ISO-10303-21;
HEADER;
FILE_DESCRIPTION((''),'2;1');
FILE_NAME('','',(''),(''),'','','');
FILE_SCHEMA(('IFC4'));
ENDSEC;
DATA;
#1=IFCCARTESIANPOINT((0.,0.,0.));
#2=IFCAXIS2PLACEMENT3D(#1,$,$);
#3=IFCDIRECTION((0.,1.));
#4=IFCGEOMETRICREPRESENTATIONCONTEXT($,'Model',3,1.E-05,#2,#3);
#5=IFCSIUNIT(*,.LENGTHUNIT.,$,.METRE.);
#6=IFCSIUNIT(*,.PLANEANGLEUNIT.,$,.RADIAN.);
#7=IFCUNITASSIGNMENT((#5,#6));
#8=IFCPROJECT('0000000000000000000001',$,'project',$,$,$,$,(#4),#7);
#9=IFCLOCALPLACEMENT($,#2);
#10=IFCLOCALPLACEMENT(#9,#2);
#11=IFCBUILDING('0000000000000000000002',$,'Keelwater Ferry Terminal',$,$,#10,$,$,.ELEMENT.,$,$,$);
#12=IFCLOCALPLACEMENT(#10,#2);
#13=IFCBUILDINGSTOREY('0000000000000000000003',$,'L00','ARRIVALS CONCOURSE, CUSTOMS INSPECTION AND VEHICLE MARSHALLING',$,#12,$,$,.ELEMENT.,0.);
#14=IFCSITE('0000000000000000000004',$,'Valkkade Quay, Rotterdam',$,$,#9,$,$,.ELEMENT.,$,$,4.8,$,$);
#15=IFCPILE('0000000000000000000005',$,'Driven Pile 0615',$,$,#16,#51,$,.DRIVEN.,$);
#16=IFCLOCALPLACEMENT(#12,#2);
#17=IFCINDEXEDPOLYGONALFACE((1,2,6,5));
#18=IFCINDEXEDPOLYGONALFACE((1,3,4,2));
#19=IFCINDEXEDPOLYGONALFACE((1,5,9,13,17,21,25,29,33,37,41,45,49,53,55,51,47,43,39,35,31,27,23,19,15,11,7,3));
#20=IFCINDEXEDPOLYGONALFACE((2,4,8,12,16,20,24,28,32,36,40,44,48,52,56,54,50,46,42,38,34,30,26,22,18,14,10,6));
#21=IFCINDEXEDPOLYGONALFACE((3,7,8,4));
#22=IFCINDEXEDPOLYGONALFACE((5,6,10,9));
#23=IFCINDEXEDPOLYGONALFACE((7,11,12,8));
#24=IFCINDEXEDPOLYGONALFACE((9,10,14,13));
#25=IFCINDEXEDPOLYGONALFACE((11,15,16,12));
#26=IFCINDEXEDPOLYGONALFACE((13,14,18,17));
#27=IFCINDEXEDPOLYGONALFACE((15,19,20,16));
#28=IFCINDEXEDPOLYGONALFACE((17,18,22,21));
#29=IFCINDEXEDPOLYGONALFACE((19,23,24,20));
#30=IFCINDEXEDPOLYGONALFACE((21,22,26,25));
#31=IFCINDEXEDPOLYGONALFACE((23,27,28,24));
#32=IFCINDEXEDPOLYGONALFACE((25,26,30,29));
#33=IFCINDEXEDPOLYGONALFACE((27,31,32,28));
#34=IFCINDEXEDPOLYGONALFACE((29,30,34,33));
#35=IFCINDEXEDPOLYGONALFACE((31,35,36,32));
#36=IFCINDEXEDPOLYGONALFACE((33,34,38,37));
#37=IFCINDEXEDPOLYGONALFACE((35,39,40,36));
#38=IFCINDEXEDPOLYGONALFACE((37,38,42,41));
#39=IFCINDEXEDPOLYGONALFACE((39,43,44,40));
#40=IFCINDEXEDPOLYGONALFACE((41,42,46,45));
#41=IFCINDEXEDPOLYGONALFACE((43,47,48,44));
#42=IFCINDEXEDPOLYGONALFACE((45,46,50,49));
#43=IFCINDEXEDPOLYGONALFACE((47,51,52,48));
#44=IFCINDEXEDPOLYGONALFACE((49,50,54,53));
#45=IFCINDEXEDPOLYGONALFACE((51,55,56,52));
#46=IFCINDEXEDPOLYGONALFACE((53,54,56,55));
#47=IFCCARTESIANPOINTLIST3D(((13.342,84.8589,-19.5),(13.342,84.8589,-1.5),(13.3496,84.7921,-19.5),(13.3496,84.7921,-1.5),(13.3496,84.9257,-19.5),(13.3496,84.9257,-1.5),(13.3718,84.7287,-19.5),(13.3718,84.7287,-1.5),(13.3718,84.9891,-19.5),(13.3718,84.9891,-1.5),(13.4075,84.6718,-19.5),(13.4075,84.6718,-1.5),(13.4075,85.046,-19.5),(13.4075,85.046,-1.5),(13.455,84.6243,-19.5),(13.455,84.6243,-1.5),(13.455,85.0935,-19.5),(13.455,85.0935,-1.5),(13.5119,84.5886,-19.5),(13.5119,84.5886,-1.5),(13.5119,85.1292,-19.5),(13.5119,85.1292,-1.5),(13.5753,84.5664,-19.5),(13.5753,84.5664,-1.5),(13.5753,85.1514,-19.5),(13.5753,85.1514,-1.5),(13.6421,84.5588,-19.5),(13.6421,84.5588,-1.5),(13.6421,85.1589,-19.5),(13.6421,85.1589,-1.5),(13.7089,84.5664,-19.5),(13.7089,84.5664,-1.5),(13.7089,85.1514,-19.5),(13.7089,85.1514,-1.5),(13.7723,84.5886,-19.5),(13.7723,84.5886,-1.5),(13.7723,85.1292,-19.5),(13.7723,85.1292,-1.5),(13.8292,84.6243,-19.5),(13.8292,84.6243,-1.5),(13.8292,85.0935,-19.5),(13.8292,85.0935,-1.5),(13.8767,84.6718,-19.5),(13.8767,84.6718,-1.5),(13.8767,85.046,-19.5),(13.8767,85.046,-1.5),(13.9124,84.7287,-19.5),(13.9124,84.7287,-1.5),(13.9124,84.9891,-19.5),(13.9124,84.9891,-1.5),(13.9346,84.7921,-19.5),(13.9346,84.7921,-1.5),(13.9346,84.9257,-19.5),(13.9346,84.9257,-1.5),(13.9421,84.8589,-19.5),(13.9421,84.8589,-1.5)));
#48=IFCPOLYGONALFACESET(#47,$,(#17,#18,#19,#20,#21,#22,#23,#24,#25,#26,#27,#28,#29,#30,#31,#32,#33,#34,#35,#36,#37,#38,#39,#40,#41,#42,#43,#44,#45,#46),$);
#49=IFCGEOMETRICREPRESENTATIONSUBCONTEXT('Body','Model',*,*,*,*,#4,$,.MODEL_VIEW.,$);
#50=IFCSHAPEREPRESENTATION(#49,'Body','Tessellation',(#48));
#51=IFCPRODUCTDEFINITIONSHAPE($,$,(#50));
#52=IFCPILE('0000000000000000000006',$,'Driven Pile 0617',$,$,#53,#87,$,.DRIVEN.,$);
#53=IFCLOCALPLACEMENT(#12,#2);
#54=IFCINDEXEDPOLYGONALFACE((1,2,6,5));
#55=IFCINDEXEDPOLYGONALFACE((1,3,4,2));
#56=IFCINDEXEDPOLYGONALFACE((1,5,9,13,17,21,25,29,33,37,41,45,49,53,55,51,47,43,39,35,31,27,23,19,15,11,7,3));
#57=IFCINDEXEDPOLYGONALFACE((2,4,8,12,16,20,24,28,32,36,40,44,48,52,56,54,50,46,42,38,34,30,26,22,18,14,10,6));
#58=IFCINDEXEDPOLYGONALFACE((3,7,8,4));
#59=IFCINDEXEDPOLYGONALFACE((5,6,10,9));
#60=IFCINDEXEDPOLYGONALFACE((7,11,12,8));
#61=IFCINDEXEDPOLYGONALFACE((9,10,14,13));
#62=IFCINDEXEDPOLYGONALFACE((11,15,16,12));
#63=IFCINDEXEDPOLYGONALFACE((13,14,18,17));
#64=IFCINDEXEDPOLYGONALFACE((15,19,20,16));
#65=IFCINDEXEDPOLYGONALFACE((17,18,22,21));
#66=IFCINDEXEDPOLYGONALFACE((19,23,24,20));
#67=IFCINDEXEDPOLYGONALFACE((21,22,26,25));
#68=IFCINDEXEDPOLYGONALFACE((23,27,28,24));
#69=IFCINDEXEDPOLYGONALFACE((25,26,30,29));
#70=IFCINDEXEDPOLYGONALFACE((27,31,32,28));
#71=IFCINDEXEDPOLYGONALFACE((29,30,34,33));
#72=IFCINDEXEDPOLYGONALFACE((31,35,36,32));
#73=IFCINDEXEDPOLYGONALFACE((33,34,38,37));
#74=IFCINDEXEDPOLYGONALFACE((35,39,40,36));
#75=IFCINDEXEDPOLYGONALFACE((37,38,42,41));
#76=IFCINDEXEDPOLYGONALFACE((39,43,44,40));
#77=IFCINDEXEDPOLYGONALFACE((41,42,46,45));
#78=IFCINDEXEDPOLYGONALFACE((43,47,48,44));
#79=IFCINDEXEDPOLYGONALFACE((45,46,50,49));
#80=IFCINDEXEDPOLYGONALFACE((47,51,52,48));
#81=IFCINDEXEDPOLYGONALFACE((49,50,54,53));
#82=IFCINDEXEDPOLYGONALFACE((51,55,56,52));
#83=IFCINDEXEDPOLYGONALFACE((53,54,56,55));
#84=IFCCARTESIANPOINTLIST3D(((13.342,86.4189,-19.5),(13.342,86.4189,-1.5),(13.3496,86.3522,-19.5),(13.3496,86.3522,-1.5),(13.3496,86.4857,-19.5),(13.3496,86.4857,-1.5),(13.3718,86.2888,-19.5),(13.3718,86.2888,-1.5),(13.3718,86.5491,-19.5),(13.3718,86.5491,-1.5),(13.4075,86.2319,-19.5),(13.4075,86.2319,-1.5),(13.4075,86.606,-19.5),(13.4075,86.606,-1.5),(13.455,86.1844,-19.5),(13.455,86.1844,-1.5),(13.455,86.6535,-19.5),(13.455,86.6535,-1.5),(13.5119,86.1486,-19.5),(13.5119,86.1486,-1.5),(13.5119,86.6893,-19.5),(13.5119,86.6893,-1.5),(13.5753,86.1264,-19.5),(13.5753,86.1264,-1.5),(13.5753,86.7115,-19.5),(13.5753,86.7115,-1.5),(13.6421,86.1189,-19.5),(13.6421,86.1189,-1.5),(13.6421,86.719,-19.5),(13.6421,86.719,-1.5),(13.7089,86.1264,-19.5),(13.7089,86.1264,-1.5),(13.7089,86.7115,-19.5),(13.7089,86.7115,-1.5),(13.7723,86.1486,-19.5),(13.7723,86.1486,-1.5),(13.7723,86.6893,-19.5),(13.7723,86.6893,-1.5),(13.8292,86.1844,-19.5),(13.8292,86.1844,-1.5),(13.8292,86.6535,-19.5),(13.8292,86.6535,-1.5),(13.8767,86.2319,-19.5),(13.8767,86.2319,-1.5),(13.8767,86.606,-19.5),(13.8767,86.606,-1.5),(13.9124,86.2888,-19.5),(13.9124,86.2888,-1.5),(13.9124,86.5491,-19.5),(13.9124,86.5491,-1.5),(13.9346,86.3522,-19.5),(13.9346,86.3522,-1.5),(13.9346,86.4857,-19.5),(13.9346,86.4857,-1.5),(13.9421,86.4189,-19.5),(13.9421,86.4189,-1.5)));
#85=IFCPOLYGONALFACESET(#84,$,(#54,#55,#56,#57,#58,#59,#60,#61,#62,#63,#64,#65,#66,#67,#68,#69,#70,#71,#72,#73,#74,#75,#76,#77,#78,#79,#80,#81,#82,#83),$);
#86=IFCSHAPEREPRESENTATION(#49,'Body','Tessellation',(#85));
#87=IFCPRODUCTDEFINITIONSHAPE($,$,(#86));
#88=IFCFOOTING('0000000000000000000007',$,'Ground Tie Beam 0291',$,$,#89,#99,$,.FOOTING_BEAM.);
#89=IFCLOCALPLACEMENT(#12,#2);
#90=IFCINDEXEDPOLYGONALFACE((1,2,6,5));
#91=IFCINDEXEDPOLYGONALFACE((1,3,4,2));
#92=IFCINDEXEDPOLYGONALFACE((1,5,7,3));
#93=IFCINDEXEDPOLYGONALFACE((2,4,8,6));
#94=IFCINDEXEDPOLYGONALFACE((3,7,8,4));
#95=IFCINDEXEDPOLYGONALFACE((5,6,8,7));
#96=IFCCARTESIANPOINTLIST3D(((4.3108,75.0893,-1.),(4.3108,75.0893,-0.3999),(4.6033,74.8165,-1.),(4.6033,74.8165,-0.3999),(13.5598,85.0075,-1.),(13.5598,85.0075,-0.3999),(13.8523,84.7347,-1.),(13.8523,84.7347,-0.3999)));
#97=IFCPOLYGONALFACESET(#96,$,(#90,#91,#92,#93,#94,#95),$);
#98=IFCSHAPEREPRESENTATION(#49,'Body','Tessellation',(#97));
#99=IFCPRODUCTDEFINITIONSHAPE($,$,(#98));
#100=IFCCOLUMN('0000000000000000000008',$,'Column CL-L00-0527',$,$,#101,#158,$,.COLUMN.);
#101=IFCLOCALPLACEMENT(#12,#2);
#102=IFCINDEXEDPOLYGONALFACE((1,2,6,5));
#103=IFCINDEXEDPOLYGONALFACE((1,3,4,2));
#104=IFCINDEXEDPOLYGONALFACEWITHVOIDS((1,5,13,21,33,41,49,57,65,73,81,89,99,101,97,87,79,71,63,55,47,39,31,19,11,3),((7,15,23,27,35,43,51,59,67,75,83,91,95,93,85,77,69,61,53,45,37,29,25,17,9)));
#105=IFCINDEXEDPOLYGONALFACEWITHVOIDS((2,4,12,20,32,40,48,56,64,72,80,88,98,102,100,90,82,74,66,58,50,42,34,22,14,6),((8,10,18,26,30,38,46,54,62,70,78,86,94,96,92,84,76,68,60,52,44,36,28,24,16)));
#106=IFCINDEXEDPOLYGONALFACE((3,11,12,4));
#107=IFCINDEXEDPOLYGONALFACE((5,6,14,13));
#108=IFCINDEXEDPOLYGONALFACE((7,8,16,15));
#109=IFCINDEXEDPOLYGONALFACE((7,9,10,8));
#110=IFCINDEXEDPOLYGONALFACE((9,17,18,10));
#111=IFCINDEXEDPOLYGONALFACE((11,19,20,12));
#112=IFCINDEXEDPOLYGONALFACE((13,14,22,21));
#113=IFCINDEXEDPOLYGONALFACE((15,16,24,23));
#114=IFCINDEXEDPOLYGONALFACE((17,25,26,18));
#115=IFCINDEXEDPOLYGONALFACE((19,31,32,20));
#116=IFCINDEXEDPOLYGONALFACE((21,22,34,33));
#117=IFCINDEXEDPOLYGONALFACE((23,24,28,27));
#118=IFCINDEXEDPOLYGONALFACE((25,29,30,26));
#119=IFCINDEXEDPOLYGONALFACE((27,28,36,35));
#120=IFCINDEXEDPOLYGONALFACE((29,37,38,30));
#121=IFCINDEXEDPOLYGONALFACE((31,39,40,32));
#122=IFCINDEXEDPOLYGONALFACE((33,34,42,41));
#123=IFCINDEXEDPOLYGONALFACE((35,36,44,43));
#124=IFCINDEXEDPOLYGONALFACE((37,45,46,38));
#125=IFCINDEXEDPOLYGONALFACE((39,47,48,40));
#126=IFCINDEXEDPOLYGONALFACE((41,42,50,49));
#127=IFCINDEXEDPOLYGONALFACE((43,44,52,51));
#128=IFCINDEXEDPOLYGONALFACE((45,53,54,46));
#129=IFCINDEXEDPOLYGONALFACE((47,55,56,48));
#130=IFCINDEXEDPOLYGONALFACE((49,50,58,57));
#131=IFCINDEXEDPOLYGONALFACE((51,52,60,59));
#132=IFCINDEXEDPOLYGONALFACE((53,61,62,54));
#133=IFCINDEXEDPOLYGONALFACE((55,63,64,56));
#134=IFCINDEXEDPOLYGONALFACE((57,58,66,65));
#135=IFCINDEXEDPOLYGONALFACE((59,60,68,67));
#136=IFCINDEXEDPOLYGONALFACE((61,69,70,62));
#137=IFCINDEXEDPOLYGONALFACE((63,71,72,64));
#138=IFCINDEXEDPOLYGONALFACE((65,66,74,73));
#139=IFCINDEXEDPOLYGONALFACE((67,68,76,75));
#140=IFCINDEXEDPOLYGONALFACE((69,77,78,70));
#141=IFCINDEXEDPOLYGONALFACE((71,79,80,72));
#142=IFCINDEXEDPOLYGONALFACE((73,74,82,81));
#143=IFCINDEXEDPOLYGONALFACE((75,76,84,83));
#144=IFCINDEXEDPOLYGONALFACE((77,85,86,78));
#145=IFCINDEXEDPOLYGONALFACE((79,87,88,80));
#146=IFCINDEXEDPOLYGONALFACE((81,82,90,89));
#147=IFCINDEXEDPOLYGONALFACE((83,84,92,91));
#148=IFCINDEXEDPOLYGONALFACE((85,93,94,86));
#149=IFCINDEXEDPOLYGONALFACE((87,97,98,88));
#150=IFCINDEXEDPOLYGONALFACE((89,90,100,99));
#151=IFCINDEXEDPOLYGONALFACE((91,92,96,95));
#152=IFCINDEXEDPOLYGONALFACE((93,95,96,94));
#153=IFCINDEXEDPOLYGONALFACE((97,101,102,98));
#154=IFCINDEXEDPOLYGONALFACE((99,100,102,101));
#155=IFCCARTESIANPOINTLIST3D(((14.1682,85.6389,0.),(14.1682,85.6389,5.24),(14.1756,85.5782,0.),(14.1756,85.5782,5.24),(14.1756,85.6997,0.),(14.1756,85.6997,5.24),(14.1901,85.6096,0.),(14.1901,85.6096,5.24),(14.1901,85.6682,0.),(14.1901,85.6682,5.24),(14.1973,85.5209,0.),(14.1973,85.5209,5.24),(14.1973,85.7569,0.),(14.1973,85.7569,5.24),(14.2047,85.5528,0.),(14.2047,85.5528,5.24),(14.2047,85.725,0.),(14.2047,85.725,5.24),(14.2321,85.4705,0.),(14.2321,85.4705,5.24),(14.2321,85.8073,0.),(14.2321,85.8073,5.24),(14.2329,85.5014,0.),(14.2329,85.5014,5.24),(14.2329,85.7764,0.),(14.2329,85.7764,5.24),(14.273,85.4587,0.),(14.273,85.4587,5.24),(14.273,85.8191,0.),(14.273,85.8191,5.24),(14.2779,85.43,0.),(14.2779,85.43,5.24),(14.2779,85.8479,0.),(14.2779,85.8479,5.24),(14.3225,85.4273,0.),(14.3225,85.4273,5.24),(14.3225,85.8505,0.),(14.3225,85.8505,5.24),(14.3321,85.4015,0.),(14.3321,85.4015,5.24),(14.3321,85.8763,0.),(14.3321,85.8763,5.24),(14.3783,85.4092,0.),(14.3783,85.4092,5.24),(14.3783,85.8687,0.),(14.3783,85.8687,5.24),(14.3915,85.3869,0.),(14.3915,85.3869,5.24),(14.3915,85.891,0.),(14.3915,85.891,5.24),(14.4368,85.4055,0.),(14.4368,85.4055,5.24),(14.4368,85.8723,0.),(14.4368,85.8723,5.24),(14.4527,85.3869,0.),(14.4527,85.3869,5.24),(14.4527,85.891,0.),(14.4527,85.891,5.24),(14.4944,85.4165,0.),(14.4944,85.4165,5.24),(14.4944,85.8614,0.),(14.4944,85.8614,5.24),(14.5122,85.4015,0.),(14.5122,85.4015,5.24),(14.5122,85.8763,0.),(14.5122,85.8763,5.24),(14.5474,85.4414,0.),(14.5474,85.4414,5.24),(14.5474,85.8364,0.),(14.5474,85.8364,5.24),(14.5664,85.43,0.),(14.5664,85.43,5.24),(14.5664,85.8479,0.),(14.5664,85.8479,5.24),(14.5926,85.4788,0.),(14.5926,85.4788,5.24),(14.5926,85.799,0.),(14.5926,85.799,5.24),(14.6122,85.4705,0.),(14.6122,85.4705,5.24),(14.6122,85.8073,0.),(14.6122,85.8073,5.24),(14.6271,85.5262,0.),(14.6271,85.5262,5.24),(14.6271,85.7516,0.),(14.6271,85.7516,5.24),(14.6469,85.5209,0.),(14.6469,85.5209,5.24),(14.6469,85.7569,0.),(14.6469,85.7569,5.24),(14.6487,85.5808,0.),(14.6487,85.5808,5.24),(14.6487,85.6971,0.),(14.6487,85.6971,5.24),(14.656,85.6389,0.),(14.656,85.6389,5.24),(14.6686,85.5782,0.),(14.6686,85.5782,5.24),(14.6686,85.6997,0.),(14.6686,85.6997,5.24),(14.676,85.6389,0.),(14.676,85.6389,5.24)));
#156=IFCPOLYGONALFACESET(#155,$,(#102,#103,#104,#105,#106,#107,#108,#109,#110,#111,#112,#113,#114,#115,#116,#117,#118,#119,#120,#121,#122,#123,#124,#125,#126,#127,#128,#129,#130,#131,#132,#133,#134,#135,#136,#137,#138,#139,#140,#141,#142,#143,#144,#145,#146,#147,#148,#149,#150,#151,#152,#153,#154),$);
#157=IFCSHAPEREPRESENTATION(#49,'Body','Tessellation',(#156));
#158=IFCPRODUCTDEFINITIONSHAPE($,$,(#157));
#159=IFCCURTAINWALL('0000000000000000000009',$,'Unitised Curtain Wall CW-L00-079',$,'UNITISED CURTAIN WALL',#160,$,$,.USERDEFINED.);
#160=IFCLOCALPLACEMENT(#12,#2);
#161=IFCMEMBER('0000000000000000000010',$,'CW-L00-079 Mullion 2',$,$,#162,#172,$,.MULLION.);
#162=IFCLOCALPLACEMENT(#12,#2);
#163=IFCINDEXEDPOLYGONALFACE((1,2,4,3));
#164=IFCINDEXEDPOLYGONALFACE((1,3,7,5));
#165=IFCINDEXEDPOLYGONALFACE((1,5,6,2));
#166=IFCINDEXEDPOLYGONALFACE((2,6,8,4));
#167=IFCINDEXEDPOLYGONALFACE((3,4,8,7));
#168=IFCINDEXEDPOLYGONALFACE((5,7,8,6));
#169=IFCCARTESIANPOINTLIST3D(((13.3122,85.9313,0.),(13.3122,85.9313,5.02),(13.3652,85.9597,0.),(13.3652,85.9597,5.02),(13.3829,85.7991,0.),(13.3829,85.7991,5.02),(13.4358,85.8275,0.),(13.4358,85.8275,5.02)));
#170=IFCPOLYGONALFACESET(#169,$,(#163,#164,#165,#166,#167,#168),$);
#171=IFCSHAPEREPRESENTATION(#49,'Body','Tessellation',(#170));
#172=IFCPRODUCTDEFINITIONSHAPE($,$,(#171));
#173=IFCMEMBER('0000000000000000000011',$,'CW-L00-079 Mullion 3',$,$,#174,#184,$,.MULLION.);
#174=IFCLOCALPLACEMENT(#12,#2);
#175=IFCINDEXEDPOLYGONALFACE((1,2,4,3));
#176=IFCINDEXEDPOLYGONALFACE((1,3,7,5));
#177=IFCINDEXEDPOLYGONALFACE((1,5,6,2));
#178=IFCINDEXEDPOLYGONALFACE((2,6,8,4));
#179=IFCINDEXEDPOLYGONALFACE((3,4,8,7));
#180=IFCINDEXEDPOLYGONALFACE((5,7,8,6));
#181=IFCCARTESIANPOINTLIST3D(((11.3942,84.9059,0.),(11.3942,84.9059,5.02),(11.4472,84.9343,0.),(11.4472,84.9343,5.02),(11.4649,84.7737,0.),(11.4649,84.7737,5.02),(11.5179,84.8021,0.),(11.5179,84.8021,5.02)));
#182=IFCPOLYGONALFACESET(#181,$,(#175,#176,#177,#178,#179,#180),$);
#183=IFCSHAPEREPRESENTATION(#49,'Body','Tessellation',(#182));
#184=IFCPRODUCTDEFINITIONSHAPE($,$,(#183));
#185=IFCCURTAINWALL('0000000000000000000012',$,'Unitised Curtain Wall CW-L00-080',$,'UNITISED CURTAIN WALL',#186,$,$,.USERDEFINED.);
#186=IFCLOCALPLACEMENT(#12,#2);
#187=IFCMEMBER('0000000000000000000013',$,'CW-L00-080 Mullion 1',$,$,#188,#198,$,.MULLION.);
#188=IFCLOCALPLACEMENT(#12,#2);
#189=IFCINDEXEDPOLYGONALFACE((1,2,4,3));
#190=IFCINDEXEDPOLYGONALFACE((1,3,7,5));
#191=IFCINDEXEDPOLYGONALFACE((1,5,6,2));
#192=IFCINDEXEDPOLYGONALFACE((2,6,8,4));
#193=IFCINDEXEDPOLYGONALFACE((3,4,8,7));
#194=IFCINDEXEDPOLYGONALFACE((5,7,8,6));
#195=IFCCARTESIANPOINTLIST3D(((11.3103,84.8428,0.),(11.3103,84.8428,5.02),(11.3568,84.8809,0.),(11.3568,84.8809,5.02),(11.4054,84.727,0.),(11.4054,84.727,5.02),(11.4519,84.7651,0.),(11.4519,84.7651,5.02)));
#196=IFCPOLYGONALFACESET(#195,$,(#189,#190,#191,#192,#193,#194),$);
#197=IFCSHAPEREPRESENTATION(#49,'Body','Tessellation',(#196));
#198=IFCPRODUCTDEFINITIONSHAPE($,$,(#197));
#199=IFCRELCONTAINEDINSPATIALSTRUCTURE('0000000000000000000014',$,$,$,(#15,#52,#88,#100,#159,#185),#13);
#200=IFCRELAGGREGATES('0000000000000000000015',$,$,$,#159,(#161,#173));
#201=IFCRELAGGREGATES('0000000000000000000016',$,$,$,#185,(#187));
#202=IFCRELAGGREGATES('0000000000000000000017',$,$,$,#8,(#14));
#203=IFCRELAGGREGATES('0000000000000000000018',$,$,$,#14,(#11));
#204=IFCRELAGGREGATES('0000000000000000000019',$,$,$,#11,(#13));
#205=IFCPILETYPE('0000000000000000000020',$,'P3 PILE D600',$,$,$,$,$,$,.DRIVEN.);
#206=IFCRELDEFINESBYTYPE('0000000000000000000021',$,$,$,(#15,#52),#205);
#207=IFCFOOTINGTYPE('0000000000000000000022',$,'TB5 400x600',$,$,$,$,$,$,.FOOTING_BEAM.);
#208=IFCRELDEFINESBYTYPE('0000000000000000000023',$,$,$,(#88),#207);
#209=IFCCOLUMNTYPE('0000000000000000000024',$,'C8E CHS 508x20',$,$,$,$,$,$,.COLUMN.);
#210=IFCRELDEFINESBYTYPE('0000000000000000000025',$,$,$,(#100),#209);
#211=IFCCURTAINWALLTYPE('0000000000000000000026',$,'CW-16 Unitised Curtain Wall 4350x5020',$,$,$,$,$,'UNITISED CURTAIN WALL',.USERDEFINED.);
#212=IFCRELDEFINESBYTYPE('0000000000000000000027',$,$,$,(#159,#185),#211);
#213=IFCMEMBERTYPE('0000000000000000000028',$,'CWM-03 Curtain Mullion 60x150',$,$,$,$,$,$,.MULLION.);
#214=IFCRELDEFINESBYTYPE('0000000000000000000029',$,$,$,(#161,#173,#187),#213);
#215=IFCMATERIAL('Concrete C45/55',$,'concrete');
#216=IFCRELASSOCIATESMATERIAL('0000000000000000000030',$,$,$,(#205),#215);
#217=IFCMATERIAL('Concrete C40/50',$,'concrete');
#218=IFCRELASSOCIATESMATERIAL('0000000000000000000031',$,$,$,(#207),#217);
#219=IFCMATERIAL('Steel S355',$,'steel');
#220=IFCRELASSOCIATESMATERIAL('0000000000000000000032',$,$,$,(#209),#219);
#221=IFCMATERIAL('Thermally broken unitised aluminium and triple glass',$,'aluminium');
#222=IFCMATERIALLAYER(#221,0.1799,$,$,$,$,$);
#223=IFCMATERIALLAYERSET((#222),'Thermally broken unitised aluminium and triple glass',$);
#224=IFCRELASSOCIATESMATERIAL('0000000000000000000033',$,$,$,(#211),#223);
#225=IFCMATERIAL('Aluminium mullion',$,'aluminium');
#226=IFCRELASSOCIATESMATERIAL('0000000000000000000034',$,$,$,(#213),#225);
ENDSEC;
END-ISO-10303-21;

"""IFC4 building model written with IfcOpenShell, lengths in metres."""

from ifc_helpers import new_model, si_unit, direction, frame, origin, origin_2d, place, context, subcontext, project, spatial, rectangle, circle, hollow_circle, extrude, material, layer, layer_set, material_profile, profile_set, type_object, element, aggregate, save


model = new_model("IFC4")

# Units and contexts
model_context = context("Model", 3, precision=1e-05, world=origin(), true_north=direction((0.0, 1.0)))
body_context = subcontext(model_context, "Body", "Model", "MODEL_VIEW")
ifc_project = project(units=[si_unit("LENGTHUNIT", "METRE"), si_unit("PLANEANGLEUNIT", "RADIAN")], contexts=[model_context])

# Site, building, storey
site_placement = place(None, origin())
site = spatial("IfcSite", under=ifc_project, at=site_placement, Name="Valkkade Quay, Rotterdam", CompositionType="ELEMENT", RefElevation=4.8)
building_placement = place(site_placement, origin())
building = spatial("IfcBuilding", under=site, at=building_placement, Name="Keelwater Ferry Terminal", CompositionType="ELEMENT")
storey_placement = place(building_placement, origin())
storey = spatial("IfcBuildingStorey", under=building, at=storey_placement, Name="L00", Description="ARRIVALS CONCOURSE, CUSTOMS INSPECTION AND VEHICLE MARSHALLING", CompositionType="ELEMENT", Elevation=0.0)

# Piles
ifc_material_1 = material(Name="Concrete C45/55", Category="concrete")
ifc_material_profile_1 = material_profile(ifc_material_1, circle(Radius=0.3, at=origin_2d()), Name="PILE D600")
ifc_profile_set_1 = profile_set([ifc_material_profile_1], Name="Concrete C45/55")
pile_type = type_object("IfcPileType", Name="P3 PILE D600", PredefinedType="DRIVEN", material=ifc_profile_set_1)
for number, where, z_axis, x_axis, name in (
    (1, (13.6421, 84.8589, -1.5), (0.0, 0.0, -1.0), (1.0, 0.0, 0.0), "Driven Pile 0615"),
    (2, (13.6421, 86.4189, -1.5), (0.0, 0.0, -1.0), (1.0, 0.0, 0.0), "Driven Pile 0617"),
):
    element("IfcPile", number, at=place(storey_placement, frame(where, z_axis=z_axis, x_axis=x_axis)), inside=storey, type_object=pile_type, Name=name, PredefinedType="DRIVEN", context=body_context, shape_type="SweptSolid", body=[
        extrude(circle(Radius=0.3, at=origin_2d()), origin(), (0.0, 0.0, 1.0), 18.0),
    ])

# Footing
ifc_material_2 = material(Name="Concrete C40/50", Category="concrete")
ifc_material_profile_2 = material_profile(ifc_material_2, rectangle(XDim=0.3999, YDim=0.6001, at=origin_2d()), Name="TB 400x600")
ifc_profile_set_2 = profile_set([ifc_material_profile_2], Name="Concrete C40/50")
footing_type = type_object("IfcFootingType", Name="TB5 400x600", PredefinedType="FOOTING_BEAM", material=ifc_profile_set_2)
footing_placement = place(storey_placement, frame((13.7061, 84.8711, -0.7), z_axis=(-0.682004, -0.731349, 0.0), x_axis=(0.731349, -0.682004, 0.0)))
element("IfcFooting", 3, at=footing_placement, inside=storey, type_object=footing_type, Name="Ground Tie Beam 0291", PredefinedType="FOOTING_BEAM", context=body_context, shape_type="SweptSolid", body=[
    extrude(rectangle(XDim=0.3999, YDim=0.6001, at=origin_2d()), origin(), (0.0, 0.0, 1.0), 13.5615),
])

# Column
ifc_material_3 = material(Name="Steel S355", Category="steel")
ifc_material_profile_3 = material_profile(ifc_material_3, hollow_circle(Radius=0.2539, WallThickness=0.02, at=origin_2d()), Name="CHS 508x20")
ifc_profile_set_3 = profile_set([ifc_material_profile_3], Name="Steel S355")
column_type = type_object("IfcColumnType", Name="C8E CHS 508x20", PredefinedType="COLUMN", material=ifc_profile_set_3)
column_placement = place(storey_placement, frame((14.4221, 85.6389, 0.0), z_axis=(0.0, 0.0, 1.0), x_axis=(1.0, 0.0, 0.0)))
element("IfcColumn", 4, at=column_placement, inside=storey, type_object=column_type, Name="Column CL-L00-0527", PredefinedType="COLUMN", context=body_context, shape_type="SweptSolid", body=[
    extrude(hollow_circle(Radius=0.2539, WallThickness=0.02, at=origin_2d()), origin(), (0.0, 0.0, 1.0), 5.24),
])

# Curtain walls, members
ifc_material_4 = material(Name="Thermally broken unitised aluminium and triple glass", Category="aluminium")
ifc_layer_1 = layer(ifc_material_4, 0.1799)
ifc_layer_set_1 = layer_set([ifc_layer_1], Name="Thermally broken unitised aluminium and triple glass")
curtain_wall_type = type_object("IfcCurtainWallType", Name="CW-16 Unitised Curtain Wall 4350x5020", ElementType="UNITISED CURTAIN WALL", PredefinedType="USERDEFINED", material=ifc_layer_set_1)
curtain_wall_1_placement = place(storey_placement, origin())
curtain_wall_1 = element("IfcCurtainWall", 5, at=curtain_wall_1_placement, inside=storey, type_object=curtain_wall_type, Name="Unitised Curtain Wall CW-L00-079", ObjectType="UNITISED CURTAIN WALL", PredefinedType="USERDEFINED")
ifc_material_5 = material(Name="Aluminium mullion", Category="aluminium")
ifc_material_profile_4 = material_profile(ifc_material_5, rectangle(XDim=0.0601, YDim=0.1499, at=origin_2d()), Name="CWM-03")
ifc_profile_set_4 = profile_set([ifc_material_profile_4], Name="Aluminium mullion")
member_type_1 = type_object("IfcMemberType", Name="CWM-03 Curtain Mullion 60x150", PredefinedType="MULLION", material=ifc_profile_set_4)
member_1_placement = place(storey_placement, frame((13.374, 85.8794, 0.0), z_axis=(0.0, 0.0, 1.0), x_axis=(-0.881862, -0.471507, 0.0)))
member_1 = element("IfcMember", 6, at=member_1_placement, type_object=member_type_1, Name="CW-L00-079 Mullion 2", PredefinedType="MULLION", context=body_context, shape_type="SweptSolid", body=[
    extrude(rectangle(XDim=0.0601, YDim=0.1499, at=origin_2d()), origin(), (0.0, 0.0, 1.0), 5.02),
])
member_2_placement = place(storey_placement, frame((11.4561, 84.854, 0.0), z_axis=(0.0, 0.0, 1.0), x_axis=(-0.881862, -0.471507, 0.0)))
member_2 = element("IfcMember", 7, at=member_2_placement, type_object=member_type_1, Name="CW-L00-079 Mullion 3", PredefinedType="MULLION", context=body_context, shape_type="SweptSolid", body=[
    extrude(rectangle(XDim=0.0601, YDim=0.1499, at=origin_2d()), origin(), (0.0, 0.0, 1.0), 5.02),
])
curtain_wall_2_placement = place(storey_placement, origin())
curtain_wall_2 = element("IfcCurtainWall", 8, at=curtain_wall_2_placement, inside=storey, type_object=curtain_wall_type, Name="Unitised Curtain Wall CW-L00-080", ObjectType="UNITISED CURTAIN WALL", PredefinedType="USERDEFINED")
member_3_placement = place(storey_placement, frame((11.3811, 84.804, 0.0), z_axis=(0.0, 0.0, 1.0), x_axis=(-0.773024, -0.634377, 0.0)))
member_3 = element("IfcMember", 9, at=member_3_placement, type_object=member_type_1, Name="CW-L00-080 Mullion 1", PredefinedType="MULLION", context=body_context, shape_type="SweptSolid", body=[
    extrude(rectangle(XDim=0.0601, YDim=0.1499, at=origin_2d()), origin(), (0.0, 0.0, 1.0), 5.02),
])

aggregate(curtain_wall_1, [member_1, member_2])
aggregate(curtain_wall_2, [member_3])

save(model, "model.ifc")
